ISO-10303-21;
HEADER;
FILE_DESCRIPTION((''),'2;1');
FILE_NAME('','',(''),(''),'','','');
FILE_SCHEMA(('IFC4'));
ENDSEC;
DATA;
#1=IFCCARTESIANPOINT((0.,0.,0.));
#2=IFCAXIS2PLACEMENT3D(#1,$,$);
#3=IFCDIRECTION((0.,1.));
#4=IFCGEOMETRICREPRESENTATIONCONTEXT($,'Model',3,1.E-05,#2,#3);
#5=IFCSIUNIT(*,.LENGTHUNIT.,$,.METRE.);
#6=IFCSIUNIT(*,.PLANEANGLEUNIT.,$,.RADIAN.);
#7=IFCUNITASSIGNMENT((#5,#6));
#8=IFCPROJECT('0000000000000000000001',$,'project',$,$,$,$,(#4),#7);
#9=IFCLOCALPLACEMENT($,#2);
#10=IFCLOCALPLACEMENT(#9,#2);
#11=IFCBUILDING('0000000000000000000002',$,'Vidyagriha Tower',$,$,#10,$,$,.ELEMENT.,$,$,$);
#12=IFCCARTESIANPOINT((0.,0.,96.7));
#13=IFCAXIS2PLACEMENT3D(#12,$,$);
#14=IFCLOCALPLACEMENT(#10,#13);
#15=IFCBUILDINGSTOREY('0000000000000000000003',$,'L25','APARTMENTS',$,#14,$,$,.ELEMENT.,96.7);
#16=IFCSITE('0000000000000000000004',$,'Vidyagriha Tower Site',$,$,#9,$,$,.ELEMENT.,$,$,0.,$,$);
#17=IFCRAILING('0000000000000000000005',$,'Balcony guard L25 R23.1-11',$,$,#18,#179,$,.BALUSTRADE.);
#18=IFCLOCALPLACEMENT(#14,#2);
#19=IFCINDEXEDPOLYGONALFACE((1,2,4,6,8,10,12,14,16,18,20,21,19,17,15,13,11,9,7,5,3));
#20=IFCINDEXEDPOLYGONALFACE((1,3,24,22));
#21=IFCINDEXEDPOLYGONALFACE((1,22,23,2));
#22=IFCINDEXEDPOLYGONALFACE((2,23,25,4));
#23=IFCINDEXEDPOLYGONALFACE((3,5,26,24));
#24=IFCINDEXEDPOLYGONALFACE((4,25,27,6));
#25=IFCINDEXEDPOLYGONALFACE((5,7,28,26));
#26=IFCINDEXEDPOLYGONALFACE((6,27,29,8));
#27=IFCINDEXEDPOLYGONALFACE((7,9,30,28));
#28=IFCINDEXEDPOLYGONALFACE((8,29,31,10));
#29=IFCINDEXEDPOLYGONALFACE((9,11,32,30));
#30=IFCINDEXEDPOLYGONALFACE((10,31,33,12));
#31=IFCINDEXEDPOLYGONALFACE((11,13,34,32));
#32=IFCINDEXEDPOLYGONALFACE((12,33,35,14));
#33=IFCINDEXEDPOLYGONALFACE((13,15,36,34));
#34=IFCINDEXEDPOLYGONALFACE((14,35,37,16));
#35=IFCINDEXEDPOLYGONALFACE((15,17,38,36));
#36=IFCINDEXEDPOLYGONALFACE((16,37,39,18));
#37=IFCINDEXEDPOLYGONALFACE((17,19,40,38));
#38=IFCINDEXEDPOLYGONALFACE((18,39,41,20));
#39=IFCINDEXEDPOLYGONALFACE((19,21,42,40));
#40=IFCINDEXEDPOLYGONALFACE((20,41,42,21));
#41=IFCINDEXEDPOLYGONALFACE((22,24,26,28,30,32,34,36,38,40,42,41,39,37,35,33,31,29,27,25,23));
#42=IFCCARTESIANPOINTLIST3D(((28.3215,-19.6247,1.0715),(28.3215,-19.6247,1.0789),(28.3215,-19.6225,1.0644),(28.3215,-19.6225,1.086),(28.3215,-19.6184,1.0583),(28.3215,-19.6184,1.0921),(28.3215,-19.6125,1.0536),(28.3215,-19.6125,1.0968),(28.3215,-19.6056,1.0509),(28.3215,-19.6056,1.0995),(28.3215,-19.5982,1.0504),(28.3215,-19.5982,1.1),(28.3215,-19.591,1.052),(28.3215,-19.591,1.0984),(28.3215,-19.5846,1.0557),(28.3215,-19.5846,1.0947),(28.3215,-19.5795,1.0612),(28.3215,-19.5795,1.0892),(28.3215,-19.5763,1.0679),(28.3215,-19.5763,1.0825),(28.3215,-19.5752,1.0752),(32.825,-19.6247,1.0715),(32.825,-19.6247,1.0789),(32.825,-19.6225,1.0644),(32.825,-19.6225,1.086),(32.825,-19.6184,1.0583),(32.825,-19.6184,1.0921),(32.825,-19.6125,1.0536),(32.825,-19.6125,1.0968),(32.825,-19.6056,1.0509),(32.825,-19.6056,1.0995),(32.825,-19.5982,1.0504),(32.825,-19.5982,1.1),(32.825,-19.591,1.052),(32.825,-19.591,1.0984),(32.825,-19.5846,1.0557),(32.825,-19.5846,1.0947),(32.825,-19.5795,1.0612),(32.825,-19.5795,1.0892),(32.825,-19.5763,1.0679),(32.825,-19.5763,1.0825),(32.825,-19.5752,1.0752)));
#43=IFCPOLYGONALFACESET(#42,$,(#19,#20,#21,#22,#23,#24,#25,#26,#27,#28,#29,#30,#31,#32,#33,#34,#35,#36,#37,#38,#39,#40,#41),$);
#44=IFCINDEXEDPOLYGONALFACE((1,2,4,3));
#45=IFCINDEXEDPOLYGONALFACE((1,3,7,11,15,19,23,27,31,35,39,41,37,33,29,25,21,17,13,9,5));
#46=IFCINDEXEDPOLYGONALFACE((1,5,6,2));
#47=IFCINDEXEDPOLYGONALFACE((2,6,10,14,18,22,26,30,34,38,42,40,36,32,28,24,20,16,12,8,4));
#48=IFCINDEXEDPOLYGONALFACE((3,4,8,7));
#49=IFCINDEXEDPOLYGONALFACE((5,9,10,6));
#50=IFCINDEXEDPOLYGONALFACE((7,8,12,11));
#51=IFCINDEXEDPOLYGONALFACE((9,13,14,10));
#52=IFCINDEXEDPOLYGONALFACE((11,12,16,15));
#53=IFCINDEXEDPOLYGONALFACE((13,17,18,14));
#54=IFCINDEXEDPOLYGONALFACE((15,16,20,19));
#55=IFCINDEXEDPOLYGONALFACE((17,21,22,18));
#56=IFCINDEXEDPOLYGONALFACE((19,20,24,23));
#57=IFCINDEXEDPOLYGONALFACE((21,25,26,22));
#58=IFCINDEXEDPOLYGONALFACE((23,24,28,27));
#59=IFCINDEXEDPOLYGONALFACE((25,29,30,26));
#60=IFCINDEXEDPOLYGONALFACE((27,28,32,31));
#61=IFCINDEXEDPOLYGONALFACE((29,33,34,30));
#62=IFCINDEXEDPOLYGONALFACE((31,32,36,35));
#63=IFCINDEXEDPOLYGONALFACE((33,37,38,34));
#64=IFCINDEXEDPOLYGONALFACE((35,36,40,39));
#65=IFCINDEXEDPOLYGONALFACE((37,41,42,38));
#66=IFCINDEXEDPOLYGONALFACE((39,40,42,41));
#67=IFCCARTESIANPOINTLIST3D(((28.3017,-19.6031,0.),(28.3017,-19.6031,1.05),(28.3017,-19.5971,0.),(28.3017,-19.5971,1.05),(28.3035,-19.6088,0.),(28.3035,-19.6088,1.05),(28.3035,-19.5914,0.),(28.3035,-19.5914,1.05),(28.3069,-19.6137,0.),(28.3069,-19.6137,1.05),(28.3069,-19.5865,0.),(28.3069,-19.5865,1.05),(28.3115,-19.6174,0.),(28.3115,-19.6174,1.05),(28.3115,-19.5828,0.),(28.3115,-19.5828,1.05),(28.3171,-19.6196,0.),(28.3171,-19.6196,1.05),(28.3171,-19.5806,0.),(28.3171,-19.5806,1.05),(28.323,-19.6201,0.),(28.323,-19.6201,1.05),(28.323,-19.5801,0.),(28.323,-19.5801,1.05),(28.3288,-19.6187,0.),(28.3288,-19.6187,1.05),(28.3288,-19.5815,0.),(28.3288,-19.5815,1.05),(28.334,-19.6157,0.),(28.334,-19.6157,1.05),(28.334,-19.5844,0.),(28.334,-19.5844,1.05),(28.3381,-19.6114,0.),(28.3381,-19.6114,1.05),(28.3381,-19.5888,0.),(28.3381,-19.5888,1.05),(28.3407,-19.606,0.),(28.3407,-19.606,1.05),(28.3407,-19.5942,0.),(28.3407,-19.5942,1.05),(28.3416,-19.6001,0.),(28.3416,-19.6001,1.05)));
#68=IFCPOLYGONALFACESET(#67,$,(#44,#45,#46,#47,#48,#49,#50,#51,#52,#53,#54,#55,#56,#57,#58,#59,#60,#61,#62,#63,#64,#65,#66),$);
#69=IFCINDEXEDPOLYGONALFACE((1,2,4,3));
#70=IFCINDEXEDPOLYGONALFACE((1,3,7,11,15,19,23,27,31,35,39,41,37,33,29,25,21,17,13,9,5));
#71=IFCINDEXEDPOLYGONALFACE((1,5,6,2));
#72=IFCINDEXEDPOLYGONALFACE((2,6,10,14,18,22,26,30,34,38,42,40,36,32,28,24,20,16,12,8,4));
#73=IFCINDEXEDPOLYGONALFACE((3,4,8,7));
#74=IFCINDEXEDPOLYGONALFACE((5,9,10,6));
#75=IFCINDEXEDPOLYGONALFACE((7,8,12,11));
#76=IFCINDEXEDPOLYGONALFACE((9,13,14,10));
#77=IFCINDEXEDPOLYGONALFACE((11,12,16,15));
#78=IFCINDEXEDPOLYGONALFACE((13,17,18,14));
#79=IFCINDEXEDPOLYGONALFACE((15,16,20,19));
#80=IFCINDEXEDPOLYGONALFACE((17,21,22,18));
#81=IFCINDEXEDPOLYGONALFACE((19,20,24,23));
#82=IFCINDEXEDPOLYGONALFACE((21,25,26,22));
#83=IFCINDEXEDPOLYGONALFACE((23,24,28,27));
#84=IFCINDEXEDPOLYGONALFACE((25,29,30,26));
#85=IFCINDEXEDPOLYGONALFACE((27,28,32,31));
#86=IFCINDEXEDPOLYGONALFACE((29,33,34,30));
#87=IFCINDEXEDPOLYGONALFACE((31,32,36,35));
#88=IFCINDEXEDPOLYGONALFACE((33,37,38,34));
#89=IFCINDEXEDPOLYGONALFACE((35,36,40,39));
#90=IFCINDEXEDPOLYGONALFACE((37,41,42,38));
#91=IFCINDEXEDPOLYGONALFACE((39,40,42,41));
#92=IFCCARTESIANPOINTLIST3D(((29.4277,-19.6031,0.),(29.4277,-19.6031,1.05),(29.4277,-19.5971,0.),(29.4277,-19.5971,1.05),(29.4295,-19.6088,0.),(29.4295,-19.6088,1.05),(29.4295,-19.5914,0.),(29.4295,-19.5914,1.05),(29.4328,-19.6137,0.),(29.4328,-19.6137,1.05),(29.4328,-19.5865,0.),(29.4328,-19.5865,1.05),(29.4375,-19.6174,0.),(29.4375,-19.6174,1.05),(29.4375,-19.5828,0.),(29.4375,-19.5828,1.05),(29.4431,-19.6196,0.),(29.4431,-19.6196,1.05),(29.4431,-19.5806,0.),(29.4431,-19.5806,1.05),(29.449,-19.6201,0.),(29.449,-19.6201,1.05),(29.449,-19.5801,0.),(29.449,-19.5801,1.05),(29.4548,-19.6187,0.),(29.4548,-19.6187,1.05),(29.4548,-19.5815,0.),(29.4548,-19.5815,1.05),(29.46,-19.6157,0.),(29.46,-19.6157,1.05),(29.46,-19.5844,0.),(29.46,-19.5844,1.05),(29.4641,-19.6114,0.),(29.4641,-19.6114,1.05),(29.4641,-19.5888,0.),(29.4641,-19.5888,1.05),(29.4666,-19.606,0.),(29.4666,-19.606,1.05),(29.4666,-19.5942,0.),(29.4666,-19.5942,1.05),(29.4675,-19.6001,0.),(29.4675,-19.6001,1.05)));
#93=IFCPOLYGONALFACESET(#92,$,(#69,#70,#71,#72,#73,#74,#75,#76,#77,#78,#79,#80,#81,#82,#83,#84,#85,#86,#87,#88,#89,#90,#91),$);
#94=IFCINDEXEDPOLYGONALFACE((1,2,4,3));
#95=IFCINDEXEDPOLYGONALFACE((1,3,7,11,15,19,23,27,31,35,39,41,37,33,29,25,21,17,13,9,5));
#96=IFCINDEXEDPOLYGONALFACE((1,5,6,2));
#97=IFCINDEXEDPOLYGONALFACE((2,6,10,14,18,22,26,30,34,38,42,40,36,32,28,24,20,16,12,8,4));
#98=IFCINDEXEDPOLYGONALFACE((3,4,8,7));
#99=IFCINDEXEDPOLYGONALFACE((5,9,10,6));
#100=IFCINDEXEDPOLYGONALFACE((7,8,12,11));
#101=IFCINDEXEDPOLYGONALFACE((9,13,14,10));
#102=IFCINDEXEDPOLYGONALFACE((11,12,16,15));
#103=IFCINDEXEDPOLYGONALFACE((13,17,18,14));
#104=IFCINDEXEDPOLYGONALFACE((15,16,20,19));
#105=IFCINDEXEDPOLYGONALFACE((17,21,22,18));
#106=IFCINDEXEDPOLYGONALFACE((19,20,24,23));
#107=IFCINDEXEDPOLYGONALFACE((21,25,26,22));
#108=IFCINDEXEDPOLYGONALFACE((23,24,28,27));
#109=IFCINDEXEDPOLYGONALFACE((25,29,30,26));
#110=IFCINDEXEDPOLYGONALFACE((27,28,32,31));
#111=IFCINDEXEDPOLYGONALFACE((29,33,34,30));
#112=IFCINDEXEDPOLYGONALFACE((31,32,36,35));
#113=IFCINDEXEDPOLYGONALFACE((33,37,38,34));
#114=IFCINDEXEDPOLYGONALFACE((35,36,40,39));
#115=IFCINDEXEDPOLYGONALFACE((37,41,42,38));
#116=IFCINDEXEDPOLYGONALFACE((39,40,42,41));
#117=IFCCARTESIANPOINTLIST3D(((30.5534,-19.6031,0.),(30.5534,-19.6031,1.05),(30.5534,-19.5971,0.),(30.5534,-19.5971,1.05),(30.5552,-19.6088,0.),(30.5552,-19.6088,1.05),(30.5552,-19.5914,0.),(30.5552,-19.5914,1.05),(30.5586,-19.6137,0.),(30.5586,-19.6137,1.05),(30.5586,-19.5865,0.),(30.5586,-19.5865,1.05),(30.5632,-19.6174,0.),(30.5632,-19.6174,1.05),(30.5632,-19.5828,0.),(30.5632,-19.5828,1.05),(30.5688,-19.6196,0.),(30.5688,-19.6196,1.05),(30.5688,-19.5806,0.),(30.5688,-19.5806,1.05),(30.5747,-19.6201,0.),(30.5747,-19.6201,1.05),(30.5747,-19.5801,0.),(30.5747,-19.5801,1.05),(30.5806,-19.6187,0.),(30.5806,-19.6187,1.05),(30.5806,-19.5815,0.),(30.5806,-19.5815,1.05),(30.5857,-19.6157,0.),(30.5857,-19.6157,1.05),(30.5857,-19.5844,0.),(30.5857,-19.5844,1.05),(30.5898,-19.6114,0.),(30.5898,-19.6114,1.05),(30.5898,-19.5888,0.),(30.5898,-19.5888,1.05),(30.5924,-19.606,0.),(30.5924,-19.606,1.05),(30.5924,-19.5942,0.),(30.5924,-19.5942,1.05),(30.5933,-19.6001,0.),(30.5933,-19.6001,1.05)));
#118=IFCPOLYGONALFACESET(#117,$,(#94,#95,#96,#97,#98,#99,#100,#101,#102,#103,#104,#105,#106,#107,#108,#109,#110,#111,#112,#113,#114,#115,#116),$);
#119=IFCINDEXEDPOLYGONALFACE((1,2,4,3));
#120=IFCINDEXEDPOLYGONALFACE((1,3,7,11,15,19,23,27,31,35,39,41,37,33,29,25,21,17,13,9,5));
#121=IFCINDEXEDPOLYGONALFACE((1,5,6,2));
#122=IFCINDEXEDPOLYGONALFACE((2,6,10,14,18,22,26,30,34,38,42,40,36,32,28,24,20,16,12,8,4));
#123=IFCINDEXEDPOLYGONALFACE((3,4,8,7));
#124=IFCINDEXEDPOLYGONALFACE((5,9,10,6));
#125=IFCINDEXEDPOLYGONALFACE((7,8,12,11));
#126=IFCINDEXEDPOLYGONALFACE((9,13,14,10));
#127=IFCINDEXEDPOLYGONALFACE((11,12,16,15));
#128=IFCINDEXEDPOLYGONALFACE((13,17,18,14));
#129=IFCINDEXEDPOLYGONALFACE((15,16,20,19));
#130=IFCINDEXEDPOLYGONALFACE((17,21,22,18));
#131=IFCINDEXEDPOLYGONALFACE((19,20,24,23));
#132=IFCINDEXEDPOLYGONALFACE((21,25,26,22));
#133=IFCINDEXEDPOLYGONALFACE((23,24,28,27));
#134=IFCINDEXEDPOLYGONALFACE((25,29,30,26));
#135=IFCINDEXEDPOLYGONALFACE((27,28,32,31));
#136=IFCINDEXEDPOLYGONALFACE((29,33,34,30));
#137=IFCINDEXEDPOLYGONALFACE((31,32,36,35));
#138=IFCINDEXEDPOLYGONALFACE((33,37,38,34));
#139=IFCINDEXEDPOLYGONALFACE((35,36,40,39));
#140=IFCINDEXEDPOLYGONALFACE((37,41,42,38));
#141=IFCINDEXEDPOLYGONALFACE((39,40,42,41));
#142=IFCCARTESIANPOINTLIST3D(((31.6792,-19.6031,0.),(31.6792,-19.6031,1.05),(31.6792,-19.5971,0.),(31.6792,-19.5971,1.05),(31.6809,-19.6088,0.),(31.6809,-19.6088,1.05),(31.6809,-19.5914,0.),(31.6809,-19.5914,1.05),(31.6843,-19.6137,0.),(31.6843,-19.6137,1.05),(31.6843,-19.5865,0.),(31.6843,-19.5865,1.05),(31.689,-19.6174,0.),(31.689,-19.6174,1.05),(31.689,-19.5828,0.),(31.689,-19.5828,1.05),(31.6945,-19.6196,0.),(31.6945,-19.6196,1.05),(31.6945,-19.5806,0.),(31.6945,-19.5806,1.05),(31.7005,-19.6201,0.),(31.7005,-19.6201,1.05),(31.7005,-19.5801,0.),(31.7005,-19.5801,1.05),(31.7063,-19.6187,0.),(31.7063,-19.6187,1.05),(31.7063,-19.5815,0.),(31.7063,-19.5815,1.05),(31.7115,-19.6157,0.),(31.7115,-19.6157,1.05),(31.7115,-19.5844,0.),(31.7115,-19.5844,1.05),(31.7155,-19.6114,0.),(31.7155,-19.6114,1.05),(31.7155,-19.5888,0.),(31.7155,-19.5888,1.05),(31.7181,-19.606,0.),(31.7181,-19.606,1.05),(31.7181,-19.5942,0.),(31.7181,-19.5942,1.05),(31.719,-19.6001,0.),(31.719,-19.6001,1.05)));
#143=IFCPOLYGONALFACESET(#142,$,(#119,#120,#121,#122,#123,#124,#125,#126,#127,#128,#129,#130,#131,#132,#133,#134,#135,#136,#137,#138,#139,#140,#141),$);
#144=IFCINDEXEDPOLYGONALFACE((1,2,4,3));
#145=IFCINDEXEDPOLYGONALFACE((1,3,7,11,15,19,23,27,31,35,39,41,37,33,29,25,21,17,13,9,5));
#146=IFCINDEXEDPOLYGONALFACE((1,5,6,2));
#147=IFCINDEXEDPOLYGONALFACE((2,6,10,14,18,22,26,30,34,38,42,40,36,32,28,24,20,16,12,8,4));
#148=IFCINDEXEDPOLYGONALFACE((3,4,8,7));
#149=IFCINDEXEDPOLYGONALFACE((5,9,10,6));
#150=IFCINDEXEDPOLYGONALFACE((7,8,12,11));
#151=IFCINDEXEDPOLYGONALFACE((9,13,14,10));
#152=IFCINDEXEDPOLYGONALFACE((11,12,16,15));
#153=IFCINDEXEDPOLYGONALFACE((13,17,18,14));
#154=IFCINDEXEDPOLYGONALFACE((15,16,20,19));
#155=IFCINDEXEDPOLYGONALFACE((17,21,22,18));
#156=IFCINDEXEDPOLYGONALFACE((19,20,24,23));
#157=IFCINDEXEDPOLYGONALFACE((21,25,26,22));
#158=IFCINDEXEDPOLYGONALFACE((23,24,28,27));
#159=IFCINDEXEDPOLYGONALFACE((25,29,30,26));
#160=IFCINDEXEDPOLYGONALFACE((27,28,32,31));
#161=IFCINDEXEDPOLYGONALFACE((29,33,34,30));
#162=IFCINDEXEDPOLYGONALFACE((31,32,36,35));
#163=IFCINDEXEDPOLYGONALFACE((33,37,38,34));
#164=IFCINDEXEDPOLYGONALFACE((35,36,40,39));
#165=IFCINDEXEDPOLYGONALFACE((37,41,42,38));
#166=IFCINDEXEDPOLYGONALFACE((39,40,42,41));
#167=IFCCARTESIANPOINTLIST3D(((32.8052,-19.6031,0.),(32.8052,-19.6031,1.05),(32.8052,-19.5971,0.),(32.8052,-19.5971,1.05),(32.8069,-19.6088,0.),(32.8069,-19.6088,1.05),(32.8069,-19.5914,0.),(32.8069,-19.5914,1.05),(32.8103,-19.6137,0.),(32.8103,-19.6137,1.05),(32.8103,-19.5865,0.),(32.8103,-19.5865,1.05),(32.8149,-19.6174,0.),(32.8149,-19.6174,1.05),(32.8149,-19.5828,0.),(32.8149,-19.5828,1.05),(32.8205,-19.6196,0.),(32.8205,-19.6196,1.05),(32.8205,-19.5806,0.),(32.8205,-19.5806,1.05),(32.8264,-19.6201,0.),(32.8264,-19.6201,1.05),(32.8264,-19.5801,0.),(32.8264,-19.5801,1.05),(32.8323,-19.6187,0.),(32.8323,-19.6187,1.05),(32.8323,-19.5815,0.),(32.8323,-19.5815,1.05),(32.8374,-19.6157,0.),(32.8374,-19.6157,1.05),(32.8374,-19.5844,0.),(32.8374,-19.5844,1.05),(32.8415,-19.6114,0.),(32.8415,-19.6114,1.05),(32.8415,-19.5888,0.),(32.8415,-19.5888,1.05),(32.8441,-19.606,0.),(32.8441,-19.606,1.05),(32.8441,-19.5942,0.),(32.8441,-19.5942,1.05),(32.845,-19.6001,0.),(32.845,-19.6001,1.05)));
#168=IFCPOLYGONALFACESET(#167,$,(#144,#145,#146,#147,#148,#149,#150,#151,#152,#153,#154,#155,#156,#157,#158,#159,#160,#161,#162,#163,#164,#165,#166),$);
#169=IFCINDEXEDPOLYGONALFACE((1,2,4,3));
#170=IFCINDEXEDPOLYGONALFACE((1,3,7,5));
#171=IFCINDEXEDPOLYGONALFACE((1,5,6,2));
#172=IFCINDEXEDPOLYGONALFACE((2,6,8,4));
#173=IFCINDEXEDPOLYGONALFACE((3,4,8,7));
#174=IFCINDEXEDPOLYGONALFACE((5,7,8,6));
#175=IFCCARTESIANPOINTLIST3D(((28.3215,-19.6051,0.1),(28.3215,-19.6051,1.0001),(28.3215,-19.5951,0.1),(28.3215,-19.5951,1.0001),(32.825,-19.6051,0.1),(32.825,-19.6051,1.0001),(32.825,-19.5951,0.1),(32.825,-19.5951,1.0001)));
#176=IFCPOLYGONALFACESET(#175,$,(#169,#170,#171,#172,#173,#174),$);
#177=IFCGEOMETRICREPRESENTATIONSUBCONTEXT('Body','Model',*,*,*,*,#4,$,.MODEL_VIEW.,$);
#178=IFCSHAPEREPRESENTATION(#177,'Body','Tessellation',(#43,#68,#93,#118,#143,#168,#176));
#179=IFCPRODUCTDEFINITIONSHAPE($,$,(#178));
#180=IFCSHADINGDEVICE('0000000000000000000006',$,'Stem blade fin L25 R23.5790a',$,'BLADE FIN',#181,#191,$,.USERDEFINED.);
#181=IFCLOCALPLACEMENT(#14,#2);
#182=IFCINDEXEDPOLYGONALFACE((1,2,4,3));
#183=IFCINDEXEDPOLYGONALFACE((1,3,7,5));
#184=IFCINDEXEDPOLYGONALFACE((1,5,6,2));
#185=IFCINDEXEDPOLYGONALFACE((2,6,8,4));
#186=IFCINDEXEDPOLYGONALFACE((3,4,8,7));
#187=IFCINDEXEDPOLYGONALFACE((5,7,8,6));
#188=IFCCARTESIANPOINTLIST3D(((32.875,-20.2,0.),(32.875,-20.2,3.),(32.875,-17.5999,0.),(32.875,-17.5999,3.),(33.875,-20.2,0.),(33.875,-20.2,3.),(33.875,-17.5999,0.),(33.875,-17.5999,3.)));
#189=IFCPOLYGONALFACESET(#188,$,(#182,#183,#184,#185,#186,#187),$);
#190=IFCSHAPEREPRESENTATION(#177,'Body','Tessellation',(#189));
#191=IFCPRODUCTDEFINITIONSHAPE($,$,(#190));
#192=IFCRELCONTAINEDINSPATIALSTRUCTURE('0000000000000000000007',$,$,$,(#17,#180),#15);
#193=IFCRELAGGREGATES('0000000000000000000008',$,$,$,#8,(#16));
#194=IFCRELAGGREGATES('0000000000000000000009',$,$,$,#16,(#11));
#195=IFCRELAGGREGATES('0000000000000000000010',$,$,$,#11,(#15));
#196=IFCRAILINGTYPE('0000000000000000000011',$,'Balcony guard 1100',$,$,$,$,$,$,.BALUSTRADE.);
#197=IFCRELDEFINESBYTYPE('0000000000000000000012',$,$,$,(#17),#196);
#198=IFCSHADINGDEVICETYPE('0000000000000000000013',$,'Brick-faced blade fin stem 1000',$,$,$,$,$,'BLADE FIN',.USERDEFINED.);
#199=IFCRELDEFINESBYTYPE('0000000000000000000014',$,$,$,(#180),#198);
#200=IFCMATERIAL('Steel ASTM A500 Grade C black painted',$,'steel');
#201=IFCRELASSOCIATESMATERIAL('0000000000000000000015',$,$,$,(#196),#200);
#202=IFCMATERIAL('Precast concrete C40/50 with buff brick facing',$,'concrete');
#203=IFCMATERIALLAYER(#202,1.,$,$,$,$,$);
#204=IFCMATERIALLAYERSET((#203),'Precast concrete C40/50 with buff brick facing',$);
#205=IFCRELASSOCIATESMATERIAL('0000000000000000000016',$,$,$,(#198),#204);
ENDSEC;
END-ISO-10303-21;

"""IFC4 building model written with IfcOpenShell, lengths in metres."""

from ifc_helpers import new_model, si_unit, direction, frame, origin, origin_2d, place, context, subcontext, project, spatial, polyline, rectangle, circle, outline, extrude, material, layer, layer_set, type_object, element, save


model = new_model("IFC4")

# Units and contexts
model_context = context("Model", 3, precision=1e-05, world=origin(), true_north=direction((0.0, 1.0)))
body_context = subcontext(model_context, "Body", "Model", "MODEL_VIEW")
ifc_project = project(units=[si_unit("LENGTHUNIT", "METRE"), si_unit("PLANEANGLEUNIT", "RADIAN")], contexts=[model_context])

# Site, building, storey
site_placement = place(None, origin())
site = spatial("IfcSite", under=ifc_project, at=site_placement, Name="Vidyagriha Tower Site", CompositionType="ELEMENT", RefElevation=0.0)
building_placement = place(site_placement, origin())
building = spatial("IfcBuilding", under=site, at=building_placement, Name="Vidyagriha Tower", CompositionType="ELEMENT")
storey_placement = place(building_placement, frame((0.0, 0.0, 96.7)))
storey = spatial("IfcBuildingStorey", under=building, at=storey_placement, Name="L25", Description="APARTMENTS", CompositionType="ELEMENT", Elevation=96.7)

# Railing
ifc_material_1 = material(Name="Steel ASTM A500 Grade C black painted", Category="steel")
railing_type_1 = type_object("IfcRailingType", Name="Balcony guard 1100", PredefinedType="BALUSTRADE", material=ifc_material_1)
railing_1_placement = place(storey_placement, frame((28.3215, -19.6001, 0.0)))
element("IfcRailing", 1, at=railing_1_placement, inside=storey, type_object=railing_type_1, Name="Balcony guard L25 R23.1-11", PredefinedType="BALUSTRADE", context=body_context, shape_type="SweptSolid", body=[
    extrude(circle(Radius=0.0249, at=origin_2d()), frame((0.0, 0.0, 1.0752), z_axis=(1.0, 0.0, 0.0), x_axis=(0.0, 1.0, 0.0)), (0.0, 0.0, 1.0), 4.5034),
    extrude(circle(Radius=0.02, at=origin_2d()), origin(), (0.0, 0.0, 1.0), 1.05),
    extrude(circle(Radius=0.02, at=origin_2d()), frame((1.126, 0.0, 0.0)), (0.0, 0.0, 1.0), 1.05),
    extrude(circle(Radius=0.02, at=origin_2d()), frame((2.2517, 0.0, 0.0)), (0.0, 0.0, 1.0), 1.05),
    extrude(circle(Radius=0.02, at=origin_2d()), frame((3.3774, 0.0, 0.0)), (0.0, 0.0, 1.0), 1.05),
    extrude(circle(Radius=0.02, at=origin_2d()), frame((4.5034, 0.0, 0.0)), (0.0, 0.0, 1.0), 1.05),
    extrude(rectangle(XDim=0.01, YDim=0.9001, at=origin_2d()), frame((0.0, 0.0, 0.55), z_axis=(1.0, 0.0, 0.0), x_axis=(0.0, 1.0, 0.0)), (0.0, 0.0, 1.0), 4.5034),
])

# Shading device
ifc_material_2 = material(Name="Precast concrete C40/50 with buff brick facing", Category="concrete")
ifc_layer_1 = layer(ifc_material_2, 1.0)
ifc_layer_set_1 = layer_set([ifc_layer_1], Name="Precast concrete C40/50 with buff brick facing")
shading_device_type = type_object("IfcShadingDeviceType", Name="Brick-faced blade fin stem 1000", ElementType="BLADE FIN", PredefinedType="USERDEFINED", material=ifc_layer_set_1)
shading_device_placement = place(storey_placement, frame((32.875, -18.8999, 0.0)))
element("IfcShadingDevice", 2, at=shading_device_placement, inside=storey, type_object=shading_device_type, Name="Stem blade fin L25 R23.5790a", ObjectType="BLADE FIN", PredefinedType="USERDEFINED", context=body_context, shape_type="SweptSolid", body=[
    extrude(outline(polyline([(0.0, 0.0), (1.0, 0.0), (1.0, 3.0), (0.0, 3.0), (0.0, 0.0)])), frame((0.0, 1.3, 0.0), z_axis=(0.0, -1.0, 0.0), x_axis=(1.0, 0.0, 0.0)), (0.0, 0.0, 1.0), 2.6001),
])

save(model, "model.ifc")
